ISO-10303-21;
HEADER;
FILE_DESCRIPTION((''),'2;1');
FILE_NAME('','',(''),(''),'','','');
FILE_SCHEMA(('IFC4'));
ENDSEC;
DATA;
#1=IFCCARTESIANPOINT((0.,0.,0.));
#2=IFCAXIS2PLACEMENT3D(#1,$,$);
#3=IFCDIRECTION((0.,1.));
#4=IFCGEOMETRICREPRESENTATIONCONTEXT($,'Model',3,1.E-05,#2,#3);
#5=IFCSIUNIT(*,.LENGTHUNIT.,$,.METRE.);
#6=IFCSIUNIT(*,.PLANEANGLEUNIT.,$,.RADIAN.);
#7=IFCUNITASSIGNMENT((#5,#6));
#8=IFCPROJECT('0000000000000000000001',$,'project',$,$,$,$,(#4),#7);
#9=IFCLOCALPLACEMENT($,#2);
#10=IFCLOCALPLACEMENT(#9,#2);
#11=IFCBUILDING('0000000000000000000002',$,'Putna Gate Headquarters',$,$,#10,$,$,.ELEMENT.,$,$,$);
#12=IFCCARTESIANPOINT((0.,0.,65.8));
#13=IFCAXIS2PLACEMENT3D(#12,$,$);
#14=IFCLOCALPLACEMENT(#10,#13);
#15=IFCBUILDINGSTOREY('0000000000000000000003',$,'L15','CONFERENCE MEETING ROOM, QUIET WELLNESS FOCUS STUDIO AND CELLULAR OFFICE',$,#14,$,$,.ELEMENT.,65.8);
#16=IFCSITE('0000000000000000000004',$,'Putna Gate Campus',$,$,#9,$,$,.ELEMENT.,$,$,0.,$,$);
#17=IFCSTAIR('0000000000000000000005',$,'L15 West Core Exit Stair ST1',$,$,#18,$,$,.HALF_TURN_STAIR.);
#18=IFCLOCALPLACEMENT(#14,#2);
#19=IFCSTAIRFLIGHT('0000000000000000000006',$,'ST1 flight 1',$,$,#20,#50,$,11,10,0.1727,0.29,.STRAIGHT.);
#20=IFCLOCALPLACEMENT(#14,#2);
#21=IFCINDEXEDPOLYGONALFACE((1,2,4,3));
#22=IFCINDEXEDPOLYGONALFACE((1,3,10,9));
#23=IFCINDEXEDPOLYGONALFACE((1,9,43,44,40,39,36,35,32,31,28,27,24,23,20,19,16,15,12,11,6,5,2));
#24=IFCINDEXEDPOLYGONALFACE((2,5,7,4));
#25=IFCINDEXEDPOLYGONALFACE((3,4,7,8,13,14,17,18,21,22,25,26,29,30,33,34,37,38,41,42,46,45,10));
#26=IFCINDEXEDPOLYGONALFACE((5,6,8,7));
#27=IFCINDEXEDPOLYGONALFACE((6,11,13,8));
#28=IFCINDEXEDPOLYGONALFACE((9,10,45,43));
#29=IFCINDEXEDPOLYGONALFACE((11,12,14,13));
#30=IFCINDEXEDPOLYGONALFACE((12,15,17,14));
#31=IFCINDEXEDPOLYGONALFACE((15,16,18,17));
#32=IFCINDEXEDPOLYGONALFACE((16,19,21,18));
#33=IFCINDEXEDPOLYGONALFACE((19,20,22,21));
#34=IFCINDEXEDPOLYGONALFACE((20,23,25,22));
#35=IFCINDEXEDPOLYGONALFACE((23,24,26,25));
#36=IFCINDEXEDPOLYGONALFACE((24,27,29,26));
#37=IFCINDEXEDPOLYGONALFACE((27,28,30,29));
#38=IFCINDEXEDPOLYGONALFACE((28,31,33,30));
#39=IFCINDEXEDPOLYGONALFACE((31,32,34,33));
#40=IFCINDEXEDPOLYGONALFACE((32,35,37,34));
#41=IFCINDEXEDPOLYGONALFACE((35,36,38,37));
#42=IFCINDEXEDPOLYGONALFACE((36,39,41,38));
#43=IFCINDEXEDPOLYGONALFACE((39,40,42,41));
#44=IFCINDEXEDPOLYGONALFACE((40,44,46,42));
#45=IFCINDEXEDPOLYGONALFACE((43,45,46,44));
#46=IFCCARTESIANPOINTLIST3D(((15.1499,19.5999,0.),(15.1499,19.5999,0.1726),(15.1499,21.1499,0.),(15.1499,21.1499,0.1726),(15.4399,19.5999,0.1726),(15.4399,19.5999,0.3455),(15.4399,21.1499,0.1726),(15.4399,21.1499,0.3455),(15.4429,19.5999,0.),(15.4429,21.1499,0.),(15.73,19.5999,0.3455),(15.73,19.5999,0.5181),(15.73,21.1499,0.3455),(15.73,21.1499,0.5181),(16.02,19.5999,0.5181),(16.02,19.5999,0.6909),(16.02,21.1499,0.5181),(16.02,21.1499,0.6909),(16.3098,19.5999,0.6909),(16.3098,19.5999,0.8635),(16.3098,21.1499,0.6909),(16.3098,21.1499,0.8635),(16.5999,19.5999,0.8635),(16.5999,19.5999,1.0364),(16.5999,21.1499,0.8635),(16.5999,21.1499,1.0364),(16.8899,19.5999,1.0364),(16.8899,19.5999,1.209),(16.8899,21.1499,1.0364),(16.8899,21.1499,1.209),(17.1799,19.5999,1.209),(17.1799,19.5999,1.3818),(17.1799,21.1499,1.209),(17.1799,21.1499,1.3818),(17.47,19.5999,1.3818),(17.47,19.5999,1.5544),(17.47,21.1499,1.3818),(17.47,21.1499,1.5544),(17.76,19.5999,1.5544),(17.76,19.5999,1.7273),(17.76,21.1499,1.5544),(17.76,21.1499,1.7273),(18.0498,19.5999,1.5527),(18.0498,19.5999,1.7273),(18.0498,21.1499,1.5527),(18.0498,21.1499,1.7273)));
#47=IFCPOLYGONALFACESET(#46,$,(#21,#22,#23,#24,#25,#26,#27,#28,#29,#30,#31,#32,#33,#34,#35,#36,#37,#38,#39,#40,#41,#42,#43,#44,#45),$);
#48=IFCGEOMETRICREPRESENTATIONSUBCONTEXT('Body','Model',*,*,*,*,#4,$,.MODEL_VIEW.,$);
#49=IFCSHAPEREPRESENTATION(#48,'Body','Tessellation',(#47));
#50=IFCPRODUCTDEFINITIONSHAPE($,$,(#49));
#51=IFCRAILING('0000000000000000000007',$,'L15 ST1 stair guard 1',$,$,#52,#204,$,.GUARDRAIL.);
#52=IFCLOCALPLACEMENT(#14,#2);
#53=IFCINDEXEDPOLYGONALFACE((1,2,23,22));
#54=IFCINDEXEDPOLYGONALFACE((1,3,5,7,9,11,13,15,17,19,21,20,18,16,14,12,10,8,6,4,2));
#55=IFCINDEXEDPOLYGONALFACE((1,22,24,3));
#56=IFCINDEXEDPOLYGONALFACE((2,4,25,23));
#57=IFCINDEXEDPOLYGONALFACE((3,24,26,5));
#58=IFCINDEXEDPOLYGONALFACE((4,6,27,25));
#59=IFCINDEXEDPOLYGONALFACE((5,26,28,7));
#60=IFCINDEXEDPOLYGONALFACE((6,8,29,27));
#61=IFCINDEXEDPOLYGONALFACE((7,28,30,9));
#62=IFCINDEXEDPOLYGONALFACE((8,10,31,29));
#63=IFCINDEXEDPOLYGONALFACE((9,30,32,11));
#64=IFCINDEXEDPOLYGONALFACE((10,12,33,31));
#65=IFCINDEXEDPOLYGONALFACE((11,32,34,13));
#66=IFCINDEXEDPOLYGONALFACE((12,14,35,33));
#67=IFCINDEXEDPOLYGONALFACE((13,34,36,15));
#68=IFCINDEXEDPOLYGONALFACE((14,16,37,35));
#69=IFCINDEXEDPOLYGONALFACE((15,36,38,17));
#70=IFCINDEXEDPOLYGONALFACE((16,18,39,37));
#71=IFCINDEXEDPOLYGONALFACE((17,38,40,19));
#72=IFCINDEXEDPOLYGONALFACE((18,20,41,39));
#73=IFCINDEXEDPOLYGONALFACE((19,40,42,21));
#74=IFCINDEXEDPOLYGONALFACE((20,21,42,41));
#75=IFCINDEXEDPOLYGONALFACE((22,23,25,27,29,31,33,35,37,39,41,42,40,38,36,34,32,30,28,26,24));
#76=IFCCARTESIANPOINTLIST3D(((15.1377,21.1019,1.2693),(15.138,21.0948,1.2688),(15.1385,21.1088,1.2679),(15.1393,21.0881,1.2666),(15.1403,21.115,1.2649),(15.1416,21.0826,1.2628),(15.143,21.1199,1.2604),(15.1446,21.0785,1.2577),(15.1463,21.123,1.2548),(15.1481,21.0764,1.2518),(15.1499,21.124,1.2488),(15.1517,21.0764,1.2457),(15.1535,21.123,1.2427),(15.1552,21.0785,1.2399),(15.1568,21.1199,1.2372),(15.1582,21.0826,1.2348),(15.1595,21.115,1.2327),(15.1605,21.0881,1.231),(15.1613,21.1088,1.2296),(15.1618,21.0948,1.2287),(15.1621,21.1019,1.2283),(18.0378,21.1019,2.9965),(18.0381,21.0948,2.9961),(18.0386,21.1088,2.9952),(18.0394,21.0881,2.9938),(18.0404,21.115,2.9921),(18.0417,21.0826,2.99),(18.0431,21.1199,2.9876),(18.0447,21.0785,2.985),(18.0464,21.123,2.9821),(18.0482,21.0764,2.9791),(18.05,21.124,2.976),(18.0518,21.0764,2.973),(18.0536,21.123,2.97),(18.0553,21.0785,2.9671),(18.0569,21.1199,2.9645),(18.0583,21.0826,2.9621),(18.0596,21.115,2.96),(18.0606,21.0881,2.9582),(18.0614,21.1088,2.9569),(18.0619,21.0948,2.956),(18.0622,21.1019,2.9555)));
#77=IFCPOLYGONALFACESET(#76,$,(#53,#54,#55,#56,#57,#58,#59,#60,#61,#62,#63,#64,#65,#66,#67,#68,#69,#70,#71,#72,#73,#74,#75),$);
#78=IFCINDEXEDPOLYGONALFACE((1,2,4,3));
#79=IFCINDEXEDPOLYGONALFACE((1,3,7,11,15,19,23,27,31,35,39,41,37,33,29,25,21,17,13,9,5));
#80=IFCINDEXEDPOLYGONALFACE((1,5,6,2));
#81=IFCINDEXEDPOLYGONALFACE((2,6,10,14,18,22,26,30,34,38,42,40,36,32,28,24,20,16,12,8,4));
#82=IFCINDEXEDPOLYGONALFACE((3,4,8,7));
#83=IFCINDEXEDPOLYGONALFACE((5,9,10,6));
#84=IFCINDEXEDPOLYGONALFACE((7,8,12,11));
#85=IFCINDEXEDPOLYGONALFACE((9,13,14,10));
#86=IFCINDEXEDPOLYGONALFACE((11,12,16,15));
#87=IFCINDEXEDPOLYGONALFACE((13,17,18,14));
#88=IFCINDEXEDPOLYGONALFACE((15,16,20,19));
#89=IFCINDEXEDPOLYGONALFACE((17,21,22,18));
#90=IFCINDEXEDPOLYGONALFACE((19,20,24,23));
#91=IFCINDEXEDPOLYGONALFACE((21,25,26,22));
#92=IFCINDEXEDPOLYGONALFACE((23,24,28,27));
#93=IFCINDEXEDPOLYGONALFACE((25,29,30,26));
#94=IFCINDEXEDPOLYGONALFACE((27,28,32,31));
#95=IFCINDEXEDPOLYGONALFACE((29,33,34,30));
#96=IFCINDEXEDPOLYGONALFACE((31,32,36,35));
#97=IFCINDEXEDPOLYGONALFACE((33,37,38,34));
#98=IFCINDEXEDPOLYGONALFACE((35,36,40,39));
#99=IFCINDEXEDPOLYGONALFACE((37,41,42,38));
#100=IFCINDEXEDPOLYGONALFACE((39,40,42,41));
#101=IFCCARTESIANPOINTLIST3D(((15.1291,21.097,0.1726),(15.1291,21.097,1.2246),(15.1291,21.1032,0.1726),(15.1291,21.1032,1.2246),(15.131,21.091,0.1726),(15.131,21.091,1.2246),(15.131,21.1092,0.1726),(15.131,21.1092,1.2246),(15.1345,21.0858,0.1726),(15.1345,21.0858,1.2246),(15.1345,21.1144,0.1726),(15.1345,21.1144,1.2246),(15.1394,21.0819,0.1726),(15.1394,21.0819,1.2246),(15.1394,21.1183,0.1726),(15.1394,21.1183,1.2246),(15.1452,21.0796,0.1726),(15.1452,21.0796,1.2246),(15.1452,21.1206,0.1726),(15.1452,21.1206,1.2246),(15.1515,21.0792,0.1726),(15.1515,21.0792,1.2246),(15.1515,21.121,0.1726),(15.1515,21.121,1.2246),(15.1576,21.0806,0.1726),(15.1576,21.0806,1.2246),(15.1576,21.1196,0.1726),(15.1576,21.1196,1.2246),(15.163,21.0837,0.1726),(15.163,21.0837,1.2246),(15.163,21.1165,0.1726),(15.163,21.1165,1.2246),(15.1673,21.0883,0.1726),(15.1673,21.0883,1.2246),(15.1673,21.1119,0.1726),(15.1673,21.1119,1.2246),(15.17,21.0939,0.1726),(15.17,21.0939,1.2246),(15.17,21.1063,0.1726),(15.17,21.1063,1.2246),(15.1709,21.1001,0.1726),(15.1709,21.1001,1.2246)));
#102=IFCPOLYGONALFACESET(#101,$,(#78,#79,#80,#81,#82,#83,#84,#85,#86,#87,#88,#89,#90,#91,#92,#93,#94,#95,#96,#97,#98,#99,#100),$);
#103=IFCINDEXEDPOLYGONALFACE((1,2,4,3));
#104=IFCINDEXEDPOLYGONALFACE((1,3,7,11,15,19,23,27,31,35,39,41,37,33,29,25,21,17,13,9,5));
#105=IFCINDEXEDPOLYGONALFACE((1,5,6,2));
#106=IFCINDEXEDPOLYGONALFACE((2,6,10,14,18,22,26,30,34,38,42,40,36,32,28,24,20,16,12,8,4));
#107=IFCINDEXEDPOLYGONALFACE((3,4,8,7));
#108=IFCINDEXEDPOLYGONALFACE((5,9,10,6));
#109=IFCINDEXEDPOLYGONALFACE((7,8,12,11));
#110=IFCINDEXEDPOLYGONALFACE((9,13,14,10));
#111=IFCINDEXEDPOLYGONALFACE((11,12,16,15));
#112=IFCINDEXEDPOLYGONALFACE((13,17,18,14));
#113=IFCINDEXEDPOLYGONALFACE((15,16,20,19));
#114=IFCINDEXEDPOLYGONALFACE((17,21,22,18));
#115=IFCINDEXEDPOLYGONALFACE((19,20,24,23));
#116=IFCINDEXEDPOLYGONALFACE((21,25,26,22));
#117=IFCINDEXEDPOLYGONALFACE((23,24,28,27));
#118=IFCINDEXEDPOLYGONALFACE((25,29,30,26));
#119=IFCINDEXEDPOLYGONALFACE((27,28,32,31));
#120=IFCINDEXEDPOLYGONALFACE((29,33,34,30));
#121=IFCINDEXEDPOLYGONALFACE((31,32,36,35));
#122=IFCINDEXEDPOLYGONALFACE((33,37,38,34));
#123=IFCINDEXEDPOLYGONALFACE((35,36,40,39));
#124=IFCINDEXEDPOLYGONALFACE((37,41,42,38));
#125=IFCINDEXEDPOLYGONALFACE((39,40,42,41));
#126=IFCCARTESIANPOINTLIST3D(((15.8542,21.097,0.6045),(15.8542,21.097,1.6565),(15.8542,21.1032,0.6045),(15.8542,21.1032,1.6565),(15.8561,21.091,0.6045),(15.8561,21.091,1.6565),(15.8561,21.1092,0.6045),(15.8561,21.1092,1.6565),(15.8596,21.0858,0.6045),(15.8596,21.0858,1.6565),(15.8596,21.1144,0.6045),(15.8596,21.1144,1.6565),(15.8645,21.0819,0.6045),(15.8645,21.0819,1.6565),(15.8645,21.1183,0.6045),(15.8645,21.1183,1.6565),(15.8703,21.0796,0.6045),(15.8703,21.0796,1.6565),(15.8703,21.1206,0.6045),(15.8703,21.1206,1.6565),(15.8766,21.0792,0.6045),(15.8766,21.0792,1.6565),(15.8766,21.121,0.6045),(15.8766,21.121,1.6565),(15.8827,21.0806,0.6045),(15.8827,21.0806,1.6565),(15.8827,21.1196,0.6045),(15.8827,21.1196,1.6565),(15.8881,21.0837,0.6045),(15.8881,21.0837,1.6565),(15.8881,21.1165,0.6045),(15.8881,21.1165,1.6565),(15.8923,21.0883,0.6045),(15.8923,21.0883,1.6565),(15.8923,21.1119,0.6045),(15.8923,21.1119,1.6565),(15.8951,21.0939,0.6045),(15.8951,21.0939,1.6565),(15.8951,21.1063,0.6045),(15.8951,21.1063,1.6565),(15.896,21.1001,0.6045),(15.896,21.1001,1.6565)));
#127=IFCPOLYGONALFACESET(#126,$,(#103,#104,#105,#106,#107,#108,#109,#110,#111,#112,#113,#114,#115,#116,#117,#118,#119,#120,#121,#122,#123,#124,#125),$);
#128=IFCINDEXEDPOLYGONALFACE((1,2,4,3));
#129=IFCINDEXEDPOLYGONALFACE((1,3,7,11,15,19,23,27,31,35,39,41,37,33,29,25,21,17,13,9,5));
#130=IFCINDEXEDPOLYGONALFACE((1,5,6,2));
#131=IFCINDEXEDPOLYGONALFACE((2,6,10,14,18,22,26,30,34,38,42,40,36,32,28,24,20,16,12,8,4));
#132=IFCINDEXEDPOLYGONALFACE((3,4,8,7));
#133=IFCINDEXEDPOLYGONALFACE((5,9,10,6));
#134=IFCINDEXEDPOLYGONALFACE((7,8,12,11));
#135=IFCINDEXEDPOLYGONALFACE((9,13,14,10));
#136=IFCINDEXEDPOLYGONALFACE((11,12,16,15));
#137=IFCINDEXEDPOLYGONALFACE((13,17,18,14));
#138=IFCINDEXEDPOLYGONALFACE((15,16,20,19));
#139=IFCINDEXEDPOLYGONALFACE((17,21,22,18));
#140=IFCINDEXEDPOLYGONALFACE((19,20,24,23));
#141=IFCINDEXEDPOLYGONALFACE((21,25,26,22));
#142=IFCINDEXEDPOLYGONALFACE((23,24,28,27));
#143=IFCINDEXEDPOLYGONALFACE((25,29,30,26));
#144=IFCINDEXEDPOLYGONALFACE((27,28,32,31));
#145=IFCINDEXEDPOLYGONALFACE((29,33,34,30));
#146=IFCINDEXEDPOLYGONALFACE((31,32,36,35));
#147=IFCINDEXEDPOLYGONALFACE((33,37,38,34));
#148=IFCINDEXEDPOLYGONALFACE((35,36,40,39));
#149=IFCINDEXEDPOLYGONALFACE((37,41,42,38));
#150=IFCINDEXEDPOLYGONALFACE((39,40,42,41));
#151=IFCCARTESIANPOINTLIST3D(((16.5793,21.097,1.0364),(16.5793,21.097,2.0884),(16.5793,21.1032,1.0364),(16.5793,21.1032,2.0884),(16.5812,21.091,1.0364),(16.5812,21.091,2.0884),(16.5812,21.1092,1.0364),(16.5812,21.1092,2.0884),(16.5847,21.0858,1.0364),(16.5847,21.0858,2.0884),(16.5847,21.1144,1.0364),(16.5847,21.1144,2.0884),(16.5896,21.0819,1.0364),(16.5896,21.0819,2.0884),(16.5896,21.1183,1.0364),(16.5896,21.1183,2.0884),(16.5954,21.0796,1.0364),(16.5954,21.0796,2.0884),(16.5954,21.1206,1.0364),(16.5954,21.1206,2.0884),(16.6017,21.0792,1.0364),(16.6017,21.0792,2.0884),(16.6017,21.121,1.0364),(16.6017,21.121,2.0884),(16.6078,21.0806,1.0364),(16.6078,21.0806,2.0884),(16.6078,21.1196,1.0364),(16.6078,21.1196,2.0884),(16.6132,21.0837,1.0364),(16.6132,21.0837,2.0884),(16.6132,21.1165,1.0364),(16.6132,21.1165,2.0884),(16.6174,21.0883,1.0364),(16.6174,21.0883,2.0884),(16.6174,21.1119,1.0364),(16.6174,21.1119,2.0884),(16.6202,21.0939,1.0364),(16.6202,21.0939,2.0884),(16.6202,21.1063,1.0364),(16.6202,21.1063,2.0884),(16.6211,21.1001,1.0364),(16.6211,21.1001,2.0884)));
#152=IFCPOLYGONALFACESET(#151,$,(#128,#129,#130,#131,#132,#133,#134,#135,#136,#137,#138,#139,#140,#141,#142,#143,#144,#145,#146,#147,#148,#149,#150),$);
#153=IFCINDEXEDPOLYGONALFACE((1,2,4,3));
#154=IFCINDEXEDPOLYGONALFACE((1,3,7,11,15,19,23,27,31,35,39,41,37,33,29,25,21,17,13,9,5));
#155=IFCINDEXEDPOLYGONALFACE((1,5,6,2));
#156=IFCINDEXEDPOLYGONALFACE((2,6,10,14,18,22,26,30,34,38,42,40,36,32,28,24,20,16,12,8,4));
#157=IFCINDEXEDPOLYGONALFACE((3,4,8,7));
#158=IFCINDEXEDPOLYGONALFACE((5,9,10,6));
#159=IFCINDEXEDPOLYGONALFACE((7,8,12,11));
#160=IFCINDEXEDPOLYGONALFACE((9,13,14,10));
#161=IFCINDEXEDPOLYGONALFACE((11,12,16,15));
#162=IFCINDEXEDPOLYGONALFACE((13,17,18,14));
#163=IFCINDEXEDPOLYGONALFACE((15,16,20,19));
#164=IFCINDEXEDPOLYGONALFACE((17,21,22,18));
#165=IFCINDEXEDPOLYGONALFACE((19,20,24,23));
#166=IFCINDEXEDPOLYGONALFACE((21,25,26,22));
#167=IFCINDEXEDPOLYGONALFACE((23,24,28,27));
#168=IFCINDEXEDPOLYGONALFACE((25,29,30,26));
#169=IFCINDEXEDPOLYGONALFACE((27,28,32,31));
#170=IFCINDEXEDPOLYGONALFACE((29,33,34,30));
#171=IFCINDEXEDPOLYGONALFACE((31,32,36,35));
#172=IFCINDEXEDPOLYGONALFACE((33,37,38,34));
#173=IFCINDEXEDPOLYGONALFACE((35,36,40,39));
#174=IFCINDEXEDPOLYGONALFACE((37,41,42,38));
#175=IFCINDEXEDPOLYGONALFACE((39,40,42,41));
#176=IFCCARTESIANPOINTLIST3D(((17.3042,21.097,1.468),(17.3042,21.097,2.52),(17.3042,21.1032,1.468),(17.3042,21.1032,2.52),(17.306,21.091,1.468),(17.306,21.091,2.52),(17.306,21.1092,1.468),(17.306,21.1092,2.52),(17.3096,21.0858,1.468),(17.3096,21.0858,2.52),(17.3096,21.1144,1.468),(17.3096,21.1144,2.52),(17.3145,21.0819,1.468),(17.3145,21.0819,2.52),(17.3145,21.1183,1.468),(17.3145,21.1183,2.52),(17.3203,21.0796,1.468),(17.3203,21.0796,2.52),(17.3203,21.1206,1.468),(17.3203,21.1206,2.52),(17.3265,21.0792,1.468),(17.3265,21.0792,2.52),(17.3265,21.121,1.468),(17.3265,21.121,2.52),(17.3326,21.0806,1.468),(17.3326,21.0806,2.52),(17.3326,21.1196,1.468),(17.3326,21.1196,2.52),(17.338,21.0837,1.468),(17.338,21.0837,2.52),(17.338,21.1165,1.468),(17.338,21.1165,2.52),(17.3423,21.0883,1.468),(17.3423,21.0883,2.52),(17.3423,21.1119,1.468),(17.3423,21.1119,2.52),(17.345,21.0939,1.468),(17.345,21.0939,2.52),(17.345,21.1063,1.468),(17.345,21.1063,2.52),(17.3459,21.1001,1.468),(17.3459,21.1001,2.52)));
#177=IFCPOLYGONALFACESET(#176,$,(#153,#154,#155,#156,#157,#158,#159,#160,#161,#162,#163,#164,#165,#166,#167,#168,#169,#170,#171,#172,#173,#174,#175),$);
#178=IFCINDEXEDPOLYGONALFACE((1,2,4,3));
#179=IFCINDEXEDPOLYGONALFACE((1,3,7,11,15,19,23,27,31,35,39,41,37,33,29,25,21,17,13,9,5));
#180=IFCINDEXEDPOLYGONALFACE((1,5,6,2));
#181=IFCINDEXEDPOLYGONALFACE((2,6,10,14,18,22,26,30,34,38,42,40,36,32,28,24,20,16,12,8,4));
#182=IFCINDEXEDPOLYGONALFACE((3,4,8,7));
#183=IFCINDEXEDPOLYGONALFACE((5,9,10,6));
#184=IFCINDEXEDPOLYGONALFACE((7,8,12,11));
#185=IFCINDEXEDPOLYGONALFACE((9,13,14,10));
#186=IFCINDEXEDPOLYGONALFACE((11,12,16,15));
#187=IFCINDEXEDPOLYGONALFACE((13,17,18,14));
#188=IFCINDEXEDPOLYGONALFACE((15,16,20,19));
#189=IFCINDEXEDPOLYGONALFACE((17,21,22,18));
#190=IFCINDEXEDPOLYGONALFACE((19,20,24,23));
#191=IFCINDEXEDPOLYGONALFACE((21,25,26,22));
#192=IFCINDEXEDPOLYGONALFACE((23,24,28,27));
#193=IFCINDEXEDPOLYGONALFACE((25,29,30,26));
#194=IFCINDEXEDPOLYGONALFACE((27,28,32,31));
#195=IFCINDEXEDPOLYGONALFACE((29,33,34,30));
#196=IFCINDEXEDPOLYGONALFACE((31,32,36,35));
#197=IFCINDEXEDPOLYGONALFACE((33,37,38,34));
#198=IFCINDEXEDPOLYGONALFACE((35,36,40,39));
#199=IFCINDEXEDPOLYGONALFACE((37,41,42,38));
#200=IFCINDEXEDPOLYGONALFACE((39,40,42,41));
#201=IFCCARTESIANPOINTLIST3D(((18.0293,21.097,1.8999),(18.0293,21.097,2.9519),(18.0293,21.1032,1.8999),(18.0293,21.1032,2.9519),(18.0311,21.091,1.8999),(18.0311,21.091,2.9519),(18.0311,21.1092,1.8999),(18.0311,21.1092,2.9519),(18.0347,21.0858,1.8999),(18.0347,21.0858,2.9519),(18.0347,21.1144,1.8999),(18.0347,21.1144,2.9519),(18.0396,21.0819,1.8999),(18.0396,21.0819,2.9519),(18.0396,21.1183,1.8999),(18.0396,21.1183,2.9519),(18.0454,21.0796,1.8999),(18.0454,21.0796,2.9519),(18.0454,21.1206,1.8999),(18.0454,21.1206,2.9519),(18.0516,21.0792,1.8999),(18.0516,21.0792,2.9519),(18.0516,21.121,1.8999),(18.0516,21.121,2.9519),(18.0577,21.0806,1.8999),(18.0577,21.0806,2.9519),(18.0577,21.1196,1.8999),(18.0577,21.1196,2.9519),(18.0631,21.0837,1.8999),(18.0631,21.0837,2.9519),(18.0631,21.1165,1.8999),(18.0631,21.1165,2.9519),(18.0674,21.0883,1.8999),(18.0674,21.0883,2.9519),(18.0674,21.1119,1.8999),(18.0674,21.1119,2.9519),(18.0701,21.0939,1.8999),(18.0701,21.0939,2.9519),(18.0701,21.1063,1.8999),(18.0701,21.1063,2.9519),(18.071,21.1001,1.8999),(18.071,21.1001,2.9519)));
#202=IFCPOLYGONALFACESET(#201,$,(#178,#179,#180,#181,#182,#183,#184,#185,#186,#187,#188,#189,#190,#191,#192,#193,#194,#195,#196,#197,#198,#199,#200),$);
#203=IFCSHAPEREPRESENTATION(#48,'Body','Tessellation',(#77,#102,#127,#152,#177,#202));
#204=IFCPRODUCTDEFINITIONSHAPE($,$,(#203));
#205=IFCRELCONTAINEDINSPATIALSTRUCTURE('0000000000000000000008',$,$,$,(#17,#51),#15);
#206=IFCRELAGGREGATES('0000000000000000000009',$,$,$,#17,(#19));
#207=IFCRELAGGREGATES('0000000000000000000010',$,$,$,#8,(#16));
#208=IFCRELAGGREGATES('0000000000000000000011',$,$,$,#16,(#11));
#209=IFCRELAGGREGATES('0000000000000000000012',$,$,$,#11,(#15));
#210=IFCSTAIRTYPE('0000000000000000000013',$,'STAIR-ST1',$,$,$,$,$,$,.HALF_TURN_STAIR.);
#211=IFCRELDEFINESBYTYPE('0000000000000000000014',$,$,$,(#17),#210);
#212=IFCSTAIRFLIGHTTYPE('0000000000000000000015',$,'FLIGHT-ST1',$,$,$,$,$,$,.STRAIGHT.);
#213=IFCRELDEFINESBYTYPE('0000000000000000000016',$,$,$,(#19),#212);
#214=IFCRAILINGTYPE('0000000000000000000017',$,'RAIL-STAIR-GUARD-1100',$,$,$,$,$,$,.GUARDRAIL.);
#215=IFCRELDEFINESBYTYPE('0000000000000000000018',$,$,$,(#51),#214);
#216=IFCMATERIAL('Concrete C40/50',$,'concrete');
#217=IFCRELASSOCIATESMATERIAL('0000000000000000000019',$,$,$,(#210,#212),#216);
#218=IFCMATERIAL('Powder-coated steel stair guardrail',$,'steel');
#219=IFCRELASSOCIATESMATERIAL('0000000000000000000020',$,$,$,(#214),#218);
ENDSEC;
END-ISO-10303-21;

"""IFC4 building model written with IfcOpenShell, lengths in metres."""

from ifc_helpers import new_model, si_unit, direction, frame, origin, origin_2d, place, context, subcontext, project, spatial, polyline, circle, outline, extrude, material, type_object, element, aggregate, save


model = new_model("IFC4")

# Units and contexts
model_context = context("Model", 3, precision=1e-05, world=origin(), true_north=direction((0.0, 1.0)))
body_context = subcontext(model_context, "Body", "Model", "MODEL_VIEW")
ifc_project = project(units=[si_unit("LENGTHUNIT", "METRE"), si_unit("PLANEANGLEUNIT", "RADIAN")], contexts=[model_context])

# Site, building, storey
site_placement = place(None, origin())
site = spatial("IfcSite", under=ifc_project, at=site_placement, Name="Putna Gate Campus", CompositionType="ELEMENT", RefElevation=0.0)
building_placement = place(site_placement, origin())
building = spatial("IfcBuilding", under=site, at=building_placement, Name="Putna Gate Headquarters", CompositionType="ELEMENT")
storey_placement = place(building_placement, frame((0.0, 0.0, 65.8)))
storey = spatial("IfcBuildingStorey", under=building, at=storey_placement, Name="L15", Description="CONFERENCE MEETING ROOM, QUIET WELLNESS FOCUS STUDIO AND CELLULAR OFFICE", CompositionType="ELEMENT", Elevation=65.8)

# Shared definitions
ifc_material_1 = material(Name="Concrete C40/50", Category="concrete")

# Stair, stair flight
stair_type = type_object("IfcStairType", Name="STAIR-ST1", PredefinedType="HALF_TURN_STAIR", material=ifc_material_1)
stair_placement = place(storey_placement, origin())
stair = element("IfcStair", 1, at=stair_placement, inside=storey, type_object=stair_type, Name="L15 West Core Exit Stair ST1", PredefinedType="HALF_TURN_STAIR")
stair_flight_type = type_object("IfcStairFlightType", Name="FLIGHT-ST1", PredefinedType="STRAIGHT", material=ifc_material_1)
stair_flight_placement = place(storey_placement, frame((15.1499, 20.375, 0.0), z_axis=(0.0, 0.0, 1.0), x_axis=(1.0, 0.0, 0.0)))
stair_flight = element("IfcStairFlight", 2, at=stair_flight_placement, type_object=stair_flight_type, Name="ST1 flight 1", NumberOfRisers=11, NumberOfTreads=10, PredefinedType="STRAIGHT", RiserHeight=0.1727, TreadLength=0.29, context=body_context, shape_type="SweptSolid", body=[
    extrude(outline(polyline([(0.0, 0.0), (0.0, 0.1726), (0.29, 0.1726), (0.29, 0.3455), (0.5801, 0.3455), (0.5801, 0.5181), (0.8701, 0.5181), (0.8701, 0.6909), (1.1599, 0.6909), (1.1599, 0.8635), (1.45, 0.8635), (1.45, 1.0364), (1.74, 1.0364), (1.74, 1.209), (2.03, 1.209), (2.03, 1.3818), (2.3201, 1.3818), (2.3201, 1.5544), (2.6101, 1.5544), (2.6101, 1.7273), (2.8999, 1.7273), (2.8999, 1.8999), (2.8999, 1.5527), (0.293, 0.0), (0.0, 0.0)])), frame((0.0, 0.7749, 0.0), z_axis=(0.0, -1.0, 0.0), x_axis=(1.0, 0.0, 0.0)), (0.0, 0.0, 1.0), 1.55),
])
aggregate(stair, [stair_flight])

# Railing
ifc_material_2 = material(Name="Powder-coated steel stair guardrail", Category="steel")
railing_type_1 = type_object("IfcRailingType", Name="RAIL-STAIR-GUARD-1100", PredefinedType="GUARDRAIL", material=ifc_material_2)
railing_1_placement = place(storey_placement, frame((15.1499, 21.1001, 0.1726)))
element("IfcRailing", 3, at=railing_1_placement, inside=storey, type_object=railing_type_1, Name="L15 ST1 stair guard 1", PredefinedType="GUARDRAIL", context=body_context, shape_type="SweptSolid", body=[
    extrude(circle(Radius=0.0239, at=origin_2d()), frame((0.0, 0.0, 1.0762), z_axis=(0.85916, 0.0, 0.511706), x_axis=(0.0, 1.0, 0.0)), (0.0, 0.0, 1.0), 3.3755),
    extrude(circle(Radius=0.021, at=origin_2d()), origin(), (0.0, 0.0, 1.0), 1.052),
    extrude(circle(Radius=0.021, at=origin_2d()), frame((0.7251, 0.0, 0.4319)), (0.0, 0.0, 1.0), 1.052),
    extrude(circle(Radius=0.021, at=origin_2d()), frame((1.4502, 0.0, 0.8638)), (0.0, 0.0, 1.0), 1.052),
    extrude(circle(Radius=0.021, at=origin_2d()), frame((2.175, 0.0, 1.2954)), (0.0, 0.0, 1.0), 1.052),
    extrude(circle(Radius=0.021, at=origin_2d()), frame((2.9001, 0.0, 1.7273)), (0.0, 0.0, 1.0), 1.052),
])

save(model, "model.ifc")
